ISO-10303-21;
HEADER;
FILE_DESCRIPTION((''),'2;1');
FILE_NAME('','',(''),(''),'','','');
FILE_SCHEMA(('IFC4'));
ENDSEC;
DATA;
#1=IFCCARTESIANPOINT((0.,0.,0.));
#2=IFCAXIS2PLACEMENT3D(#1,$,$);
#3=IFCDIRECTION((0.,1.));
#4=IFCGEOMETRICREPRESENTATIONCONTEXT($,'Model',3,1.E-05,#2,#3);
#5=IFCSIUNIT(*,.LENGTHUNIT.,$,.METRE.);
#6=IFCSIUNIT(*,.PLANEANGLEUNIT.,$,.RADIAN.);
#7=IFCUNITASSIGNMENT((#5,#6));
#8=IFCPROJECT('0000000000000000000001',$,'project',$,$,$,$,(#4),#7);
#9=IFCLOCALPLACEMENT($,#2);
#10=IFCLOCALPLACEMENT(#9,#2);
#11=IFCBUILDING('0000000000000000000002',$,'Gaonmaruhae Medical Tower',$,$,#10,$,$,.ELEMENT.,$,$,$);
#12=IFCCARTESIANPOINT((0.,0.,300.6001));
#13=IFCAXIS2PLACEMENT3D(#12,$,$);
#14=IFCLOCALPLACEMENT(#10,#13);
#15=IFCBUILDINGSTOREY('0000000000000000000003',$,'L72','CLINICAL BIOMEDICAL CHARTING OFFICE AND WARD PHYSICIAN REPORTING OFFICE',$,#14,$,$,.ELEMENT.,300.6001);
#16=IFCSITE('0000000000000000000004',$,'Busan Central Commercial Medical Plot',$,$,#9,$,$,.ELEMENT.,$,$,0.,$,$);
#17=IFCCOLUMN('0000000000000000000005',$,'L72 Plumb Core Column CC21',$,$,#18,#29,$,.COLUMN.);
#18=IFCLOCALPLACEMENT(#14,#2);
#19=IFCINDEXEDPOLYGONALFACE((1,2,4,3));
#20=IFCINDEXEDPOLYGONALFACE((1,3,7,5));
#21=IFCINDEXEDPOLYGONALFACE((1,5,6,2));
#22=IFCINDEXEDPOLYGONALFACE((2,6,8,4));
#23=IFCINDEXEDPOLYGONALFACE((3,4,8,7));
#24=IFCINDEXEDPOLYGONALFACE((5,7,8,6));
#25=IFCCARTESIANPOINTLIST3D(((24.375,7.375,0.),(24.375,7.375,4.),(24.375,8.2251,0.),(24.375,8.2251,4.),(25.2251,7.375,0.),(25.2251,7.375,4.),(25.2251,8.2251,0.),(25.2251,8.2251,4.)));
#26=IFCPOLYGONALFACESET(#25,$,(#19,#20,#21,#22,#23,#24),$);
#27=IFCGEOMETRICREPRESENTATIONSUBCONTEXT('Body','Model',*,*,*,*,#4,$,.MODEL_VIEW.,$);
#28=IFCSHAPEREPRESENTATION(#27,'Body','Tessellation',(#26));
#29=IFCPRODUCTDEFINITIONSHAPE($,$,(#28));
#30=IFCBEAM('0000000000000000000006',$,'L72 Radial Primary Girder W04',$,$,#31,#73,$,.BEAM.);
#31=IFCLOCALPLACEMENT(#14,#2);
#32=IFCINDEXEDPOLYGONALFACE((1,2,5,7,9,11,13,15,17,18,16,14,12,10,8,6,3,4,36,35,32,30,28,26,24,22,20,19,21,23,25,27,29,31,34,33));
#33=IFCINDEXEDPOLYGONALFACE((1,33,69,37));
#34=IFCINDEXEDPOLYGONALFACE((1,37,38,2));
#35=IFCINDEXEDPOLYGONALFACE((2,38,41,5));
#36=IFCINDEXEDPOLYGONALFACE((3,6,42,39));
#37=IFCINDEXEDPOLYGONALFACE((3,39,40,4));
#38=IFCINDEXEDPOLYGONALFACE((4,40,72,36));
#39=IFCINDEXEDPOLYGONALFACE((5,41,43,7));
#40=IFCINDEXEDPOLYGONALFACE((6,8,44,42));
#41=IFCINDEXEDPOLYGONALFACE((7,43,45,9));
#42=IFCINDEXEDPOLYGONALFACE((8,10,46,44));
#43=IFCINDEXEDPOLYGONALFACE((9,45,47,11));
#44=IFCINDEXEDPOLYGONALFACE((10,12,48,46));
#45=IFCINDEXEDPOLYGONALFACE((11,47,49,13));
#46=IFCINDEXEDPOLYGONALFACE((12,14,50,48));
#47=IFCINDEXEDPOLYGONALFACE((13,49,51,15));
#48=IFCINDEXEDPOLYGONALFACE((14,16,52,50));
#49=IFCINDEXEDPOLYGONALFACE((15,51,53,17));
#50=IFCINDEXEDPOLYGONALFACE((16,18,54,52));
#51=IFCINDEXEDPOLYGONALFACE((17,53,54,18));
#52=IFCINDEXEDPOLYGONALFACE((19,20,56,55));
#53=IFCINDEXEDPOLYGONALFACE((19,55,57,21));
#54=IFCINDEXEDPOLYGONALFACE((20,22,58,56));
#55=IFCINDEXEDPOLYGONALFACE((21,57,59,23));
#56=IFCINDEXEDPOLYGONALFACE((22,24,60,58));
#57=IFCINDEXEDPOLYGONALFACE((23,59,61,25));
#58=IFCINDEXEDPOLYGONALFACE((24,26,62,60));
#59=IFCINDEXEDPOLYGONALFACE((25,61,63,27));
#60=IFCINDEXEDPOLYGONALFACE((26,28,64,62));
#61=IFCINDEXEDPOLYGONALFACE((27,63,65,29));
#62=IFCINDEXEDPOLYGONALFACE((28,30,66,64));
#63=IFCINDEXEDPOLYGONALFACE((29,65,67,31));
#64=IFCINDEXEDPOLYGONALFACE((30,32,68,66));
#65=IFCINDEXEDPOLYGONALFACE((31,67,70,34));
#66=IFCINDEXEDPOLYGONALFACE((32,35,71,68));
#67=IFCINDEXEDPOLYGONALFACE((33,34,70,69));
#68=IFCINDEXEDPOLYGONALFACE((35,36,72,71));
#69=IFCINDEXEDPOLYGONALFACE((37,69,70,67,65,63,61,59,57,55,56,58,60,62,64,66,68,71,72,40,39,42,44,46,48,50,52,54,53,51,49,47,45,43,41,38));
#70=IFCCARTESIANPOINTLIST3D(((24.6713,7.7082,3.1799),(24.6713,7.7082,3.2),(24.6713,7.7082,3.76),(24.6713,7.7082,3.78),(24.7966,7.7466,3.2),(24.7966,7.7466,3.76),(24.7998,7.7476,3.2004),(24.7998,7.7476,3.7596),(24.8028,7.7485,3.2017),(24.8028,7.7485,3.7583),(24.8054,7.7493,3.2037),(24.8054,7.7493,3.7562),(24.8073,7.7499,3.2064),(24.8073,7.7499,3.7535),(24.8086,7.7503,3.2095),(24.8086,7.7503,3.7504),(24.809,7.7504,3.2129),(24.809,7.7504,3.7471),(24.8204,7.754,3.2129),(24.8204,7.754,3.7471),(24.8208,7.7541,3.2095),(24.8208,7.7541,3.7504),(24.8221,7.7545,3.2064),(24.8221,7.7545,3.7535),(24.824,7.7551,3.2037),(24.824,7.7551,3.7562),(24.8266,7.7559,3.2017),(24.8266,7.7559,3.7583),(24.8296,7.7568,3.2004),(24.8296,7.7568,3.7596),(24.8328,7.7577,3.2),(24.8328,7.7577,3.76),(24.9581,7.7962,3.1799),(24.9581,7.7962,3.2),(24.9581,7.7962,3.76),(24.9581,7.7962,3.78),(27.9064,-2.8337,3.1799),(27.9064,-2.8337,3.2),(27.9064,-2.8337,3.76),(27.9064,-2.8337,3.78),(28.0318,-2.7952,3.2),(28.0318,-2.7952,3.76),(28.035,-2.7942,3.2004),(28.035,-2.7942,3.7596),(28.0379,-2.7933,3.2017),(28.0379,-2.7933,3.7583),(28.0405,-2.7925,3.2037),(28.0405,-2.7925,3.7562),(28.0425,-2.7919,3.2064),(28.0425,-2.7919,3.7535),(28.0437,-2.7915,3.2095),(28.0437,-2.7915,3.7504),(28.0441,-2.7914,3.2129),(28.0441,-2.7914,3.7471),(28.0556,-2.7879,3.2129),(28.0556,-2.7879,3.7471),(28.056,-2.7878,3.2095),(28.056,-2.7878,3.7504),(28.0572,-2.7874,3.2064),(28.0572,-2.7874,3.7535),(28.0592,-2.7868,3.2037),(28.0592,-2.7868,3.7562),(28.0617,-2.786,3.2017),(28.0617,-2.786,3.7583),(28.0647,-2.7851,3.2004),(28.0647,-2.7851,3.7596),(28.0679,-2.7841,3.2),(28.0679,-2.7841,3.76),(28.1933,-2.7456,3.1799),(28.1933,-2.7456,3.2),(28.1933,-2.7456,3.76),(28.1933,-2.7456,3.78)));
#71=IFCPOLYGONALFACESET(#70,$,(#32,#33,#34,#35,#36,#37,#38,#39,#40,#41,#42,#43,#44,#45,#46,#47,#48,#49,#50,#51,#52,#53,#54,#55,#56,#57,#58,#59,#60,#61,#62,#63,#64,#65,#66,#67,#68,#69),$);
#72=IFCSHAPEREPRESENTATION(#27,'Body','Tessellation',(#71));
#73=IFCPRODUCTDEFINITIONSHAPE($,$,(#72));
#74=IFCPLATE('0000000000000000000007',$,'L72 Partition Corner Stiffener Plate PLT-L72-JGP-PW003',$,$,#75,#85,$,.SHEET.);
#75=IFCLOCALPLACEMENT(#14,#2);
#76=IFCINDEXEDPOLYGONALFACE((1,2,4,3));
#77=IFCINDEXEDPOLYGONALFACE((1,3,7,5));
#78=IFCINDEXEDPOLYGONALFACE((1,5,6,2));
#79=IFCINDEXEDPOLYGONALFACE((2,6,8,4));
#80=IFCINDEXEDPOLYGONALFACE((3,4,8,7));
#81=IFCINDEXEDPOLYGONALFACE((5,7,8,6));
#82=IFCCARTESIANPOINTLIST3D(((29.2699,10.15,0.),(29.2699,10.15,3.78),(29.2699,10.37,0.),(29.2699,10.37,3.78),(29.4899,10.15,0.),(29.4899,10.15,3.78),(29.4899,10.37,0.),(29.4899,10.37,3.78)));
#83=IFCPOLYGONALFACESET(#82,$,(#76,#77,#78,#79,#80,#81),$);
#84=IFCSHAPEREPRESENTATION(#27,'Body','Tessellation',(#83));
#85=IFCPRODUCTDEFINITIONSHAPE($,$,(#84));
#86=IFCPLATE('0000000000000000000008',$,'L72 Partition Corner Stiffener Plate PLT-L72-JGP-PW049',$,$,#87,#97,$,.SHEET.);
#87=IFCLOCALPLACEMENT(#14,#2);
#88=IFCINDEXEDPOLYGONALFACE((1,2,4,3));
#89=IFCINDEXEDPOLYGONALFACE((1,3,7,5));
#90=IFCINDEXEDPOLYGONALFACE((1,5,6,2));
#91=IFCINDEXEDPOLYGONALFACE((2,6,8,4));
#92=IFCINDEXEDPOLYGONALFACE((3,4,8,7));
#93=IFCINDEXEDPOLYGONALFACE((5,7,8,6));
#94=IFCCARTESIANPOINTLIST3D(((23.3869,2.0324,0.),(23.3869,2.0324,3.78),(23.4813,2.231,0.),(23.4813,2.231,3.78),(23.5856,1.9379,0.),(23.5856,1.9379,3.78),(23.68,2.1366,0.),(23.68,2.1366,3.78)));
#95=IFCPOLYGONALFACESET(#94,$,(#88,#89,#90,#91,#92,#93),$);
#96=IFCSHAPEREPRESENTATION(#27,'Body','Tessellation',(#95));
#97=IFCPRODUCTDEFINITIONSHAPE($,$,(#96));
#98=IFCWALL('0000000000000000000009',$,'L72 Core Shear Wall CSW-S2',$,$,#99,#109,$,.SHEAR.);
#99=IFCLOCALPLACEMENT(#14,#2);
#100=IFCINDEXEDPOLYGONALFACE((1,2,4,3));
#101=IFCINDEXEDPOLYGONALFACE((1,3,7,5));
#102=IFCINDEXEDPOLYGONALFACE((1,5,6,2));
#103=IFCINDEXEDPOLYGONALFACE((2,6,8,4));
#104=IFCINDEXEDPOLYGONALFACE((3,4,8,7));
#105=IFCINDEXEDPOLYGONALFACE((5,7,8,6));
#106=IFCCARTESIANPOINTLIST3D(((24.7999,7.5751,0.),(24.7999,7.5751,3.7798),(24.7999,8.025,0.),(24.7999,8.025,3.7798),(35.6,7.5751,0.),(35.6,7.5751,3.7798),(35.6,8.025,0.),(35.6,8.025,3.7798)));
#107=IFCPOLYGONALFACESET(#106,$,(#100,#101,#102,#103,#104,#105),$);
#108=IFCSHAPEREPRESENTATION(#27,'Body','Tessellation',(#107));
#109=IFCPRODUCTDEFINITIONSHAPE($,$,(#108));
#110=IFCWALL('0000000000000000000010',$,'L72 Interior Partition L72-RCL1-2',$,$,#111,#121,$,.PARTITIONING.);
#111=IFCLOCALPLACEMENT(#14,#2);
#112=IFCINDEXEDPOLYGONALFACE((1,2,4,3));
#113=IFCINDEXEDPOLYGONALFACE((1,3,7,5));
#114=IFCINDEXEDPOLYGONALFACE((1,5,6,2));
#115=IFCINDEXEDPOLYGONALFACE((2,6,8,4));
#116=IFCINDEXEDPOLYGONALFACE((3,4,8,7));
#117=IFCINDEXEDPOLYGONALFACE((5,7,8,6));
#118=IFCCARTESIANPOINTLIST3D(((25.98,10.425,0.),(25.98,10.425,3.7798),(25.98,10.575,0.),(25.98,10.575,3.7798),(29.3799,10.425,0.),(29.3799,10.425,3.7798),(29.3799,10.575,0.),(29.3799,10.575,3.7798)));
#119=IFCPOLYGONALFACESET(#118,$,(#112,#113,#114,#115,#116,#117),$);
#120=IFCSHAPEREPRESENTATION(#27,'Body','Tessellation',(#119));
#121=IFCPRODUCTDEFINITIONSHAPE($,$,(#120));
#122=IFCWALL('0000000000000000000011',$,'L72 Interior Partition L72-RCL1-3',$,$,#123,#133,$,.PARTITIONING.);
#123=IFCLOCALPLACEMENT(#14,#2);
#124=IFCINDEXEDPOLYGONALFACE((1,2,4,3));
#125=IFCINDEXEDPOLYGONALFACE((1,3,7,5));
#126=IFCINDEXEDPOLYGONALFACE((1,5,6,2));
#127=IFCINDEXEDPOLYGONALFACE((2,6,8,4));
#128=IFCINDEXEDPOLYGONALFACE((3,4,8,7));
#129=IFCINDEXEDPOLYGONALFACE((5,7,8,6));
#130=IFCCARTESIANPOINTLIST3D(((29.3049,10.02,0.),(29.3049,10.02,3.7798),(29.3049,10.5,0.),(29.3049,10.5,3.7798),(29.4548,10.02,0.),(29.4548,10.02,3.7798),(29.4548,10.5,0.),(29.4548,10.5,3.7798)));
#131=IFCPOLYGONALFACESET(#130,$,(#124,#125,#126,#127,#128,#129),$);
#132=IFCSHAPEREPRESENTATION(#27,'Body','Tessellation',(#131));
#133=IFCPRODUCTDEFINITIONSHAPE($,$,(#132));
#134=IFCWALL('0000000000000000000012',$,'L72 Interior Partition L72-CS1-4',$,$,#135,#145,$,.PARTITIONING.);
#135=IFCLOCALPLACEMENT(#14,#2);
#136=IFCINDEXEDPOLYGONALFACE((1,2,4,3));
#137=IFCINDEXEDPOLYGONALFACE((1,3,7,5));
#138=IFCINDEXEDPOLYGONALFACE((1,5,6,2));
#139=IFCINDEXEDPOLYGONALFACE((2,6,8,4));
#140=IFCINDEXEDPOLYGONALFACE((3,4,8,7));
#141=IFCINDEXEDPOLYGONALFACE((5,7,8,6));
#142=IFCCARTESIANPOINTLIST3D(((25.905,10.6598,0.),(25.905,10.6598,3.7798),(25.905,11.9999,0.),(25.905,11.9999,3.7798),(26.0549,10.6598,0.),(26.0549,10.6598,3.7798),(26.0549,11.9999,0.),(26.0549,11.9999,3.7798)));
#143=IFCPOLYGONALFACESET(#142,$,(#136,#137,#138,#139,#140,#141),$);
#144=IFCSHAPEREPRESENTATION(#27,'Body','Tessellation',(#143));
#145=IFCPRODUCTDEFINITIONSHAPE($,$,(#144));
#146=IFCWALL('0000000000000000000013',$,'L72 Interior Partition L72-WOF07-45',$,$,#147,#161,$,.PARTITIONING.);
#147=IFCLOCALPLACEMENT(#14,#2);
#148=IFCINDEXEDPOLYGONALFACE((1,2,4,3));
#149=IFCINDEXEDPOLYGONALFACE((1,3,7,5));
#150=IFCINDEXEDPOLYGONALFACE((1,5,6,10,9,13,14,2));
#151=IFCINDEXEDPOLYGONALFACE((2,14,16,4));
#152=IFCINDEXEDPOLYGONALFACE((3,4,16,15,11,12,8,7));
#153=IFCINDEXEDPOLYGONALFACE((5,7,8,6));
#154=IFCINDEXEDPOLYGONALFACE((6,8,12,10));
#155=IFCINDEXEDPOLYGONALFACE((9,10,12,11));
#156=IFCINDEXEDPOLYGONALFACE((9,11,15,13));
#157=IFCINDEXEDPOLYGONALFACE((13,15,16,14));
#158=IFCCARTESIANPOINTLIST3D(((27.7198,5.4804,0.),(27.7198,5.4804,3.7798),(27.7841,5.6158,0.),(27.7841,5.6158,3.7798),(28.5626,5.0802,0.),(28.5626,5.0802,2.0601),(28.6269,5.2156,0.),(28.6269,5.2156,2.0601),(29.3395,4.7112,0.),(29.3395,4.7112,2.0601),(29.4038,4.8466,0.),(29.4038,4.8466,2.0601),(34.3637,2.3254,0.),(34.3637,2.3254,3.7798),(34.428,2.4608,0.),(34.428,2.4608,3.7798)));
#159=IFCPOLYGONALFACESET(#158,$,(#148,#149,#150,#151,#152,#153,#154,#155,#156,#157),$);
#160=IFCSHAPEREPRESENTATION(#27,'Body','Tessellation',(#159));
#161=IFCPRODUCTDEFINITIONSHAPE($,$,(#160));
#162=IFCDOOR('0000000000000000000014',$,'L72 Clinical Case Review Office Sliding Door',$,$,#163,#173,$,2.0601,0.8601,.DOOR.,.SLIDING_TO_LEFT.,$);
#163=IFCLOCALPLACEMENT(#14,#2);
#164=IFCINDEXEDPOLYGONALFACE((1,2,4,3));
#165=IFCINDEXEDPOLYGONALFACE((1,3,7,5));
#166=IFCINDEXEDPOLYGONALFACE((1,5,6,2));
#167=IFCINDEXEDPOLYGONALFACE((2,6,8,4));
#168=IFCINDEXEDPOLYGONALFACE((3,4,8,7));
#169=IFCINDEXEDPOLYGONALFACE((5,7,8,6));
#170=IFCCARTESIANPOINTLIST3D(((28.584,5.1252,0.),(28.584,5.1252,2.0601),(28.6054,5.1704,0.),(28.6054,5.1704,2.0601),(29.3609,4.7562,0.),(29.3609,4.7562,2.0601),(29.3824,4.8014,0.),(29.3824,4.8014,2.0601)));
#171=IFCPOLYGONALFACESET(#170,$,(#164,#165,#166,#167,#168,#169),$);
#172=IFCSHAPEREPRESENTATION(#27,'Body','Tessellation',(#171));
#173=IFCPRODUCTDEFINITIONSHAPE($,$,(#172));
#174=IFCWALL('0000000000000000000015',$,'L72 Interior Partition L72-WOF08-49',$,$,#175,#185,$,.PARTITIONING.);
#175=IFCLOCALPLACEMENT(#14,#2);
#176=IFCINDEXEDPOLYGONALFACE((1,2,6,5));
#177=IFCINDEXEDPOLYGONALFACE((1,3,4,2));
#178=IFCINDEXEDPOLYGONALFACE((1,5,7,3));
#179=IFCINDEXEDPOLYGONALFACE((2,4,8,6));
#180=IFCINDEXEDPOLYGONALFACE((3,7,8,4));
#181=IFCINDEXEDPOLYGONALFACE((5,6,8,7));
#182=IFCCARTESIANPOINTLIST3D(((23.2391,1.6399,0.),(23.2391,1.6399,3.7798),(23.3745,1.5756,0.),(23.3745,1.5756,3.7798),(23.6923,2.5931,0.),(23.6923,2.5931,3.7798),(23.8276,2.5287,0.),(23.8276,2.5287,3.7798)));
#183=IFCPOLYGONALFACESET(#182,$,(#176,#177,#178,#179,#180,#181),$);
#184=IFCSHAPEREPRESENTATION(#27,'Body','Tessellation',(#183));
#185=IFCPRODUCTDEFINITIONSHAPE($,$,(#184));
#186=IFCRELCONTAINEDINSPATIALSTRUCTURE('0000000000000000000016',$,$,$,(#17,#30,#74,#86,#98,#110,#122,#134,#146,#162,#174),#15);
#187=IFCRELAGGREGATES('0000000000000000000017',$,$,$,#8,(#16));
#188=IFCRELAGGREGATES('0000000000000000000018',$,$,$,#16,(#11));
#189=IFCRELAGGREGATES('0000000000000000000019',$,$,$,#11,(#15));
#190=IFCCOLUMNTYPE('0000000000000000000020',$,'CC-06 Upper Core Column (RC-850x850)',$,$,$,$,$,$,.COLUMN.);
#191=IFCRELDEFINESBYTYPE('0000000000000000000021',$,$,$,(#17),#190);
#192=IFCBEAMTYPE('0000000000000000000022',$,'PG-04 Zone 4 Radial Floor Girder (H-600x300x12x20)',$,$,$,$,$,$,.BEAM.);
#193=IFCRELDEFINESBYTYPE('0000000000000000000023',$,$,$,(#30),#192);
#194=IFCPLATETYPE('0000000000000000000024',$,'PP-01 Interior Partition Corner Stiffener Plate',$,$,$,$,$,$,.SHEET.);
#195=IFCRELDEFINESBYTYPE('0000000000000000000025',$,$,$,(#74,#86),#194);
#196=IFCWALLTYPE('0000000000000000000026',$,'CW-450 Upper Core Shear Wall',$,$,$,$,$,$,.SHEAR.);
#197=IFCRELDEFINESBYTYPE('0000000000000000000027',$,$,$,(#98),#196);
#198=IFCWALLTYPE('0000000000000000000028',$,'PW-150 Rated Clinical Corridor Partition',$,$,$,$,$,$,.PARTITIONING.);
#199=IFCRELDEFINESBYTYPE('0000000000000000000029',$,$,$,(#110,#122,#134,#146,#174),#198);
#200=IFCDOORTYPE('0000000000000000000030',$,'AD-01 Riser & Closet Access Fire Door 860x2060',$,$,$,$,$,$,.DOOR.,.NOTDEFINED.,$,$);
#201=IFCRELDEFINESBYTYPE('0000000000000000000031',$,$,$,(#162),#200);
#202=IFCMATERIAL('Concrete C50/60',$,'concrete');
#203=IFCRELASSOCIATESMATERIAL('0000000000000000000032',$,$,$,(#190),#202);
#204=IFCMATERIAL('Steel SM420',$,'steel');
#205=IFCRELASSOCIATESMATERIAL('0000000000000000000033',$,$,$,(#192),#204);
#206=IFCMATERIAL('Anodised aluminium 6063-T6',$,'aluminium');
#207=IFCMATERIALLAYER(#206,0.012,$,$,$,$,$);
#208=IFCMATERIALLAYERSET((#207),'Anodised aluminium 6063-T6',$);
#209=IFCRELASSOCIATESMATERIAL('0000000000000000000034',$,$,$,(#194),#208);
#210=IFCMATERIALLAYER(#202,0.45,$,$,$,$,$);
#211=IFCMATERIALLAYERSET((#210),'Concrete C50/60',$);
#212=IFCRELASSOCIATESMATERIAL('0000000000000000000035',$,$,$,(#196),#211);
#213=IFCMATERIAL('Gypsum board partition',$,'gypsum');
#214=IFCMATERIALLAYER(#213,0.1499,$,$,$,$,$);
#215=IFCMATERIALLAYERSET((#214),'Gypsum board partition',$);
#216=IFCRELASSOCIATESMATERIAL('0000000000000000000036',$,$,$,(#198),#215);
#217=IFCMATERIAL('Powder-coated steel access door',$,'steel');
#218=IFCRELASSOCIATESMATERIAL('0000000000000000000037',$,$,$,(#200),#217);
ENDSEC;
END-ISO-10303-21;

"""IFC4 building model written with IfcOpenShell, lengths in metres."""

from ifc_helpers import new_model, si_unit, direction, frame, frame_2d, origin, origin_2d, place, context, subcontext, project, spatial, rectangle, i_section, extrude, material, layer, layer_set, material_profile, profile_set, type_object, element, fill, save


model = new_model("IFC4")

# Units and contexts
model_context = context("Model", 3, precision=1e-05, world=origin(), true_north=direction((0.0, 1.0)))
body_context = subcontext(model_context, "Body", "Model", "MODEL_VIEW")
ifc_project = project(units=[si_unit("LENGTHUNIT", "METRE"), si_unit("PLANEANGLEUNIT", "RADIAN")], contexts=[model_context])

# Site, building, storey
site_placement = place(None, origin())
site = spatial("IfcSite", under=ifc_project, at=site_placement, Name="Busan Central Commercial Medical Plot", CompositionType="ELEMENT", RefElevation=0.0)
building_placement = place(site_placement, origin())
building = spatial("IfcBuilding", under=site, at=building_placement, Name="Gaonmaruhae Medical Tower", CompositionType="ELEMENT")
storey_placement = place(building_placement, frame((0.0, 0.0, 300.6001)))
storey = spatial("IfcBuildingStorey", under=building, at=storey_placement, Name="L72", Description="CLINICAL BIOMEDICAL CHARTING OFFICE AND WARD PHYSICIAN REPORTING OFFICE", CompositionType="ELEMENT", Elevation=300.6001)

# Column
ifc_material_1 = material(Name="Concrete C50/60", Category="concrete")
ifc_material_profile_1 = material_profile(ifc_material_1, rectangle(XDim=0.8501, YDim=0.8501, at=origin_2d()), Name="RC-850x850")
ifc_profile_set_1 = profile_set([ifc_material_profile_1], Name="Concrete C50/60")
column_type = type_object("IfcColumnType", Name="CC-06 Upper Core Column (RC-850x850)", PredefinedType="COLUMN", material=ifc_profile_set_1)
column_placement = place(storey_placement, frame((24.8, 7.8, 0.0), z_axis=(0.0, 0.0, 1.0), x_axis=(1.0, 0.0, 0.0)))
element("IfcColumn", 1, at=column_placement, inside=storey, type_object=column_type, Name="L72 Plumb Core Column CC21", PredefinedType="COLUMN", context=body_context, shape_type="SweptSolid", body=[
    extrude(rectangle(XDim=0.8501, YDim=0.8501, at=origin_2d()), origin(), (0.0, 0.0, 1.0), 4.0),
])

# Beam
ifc_material_2 = material(Name="Steel SM420", Category="steel")
ifc_material_profile_2 = material_profile(ifc_material_2, i_section(OverallWidth=0.3, OverallDepth=0.6001, WebThickness=0.012, FlangeThickness=0.02, FilletRadius=0.0129, at=origin_2d()), Name="H-600x300x12x20")
ifc_profile_set_2 = profile_set([ifc_material_profile_2], Name="Steel SM420")
beam_type = type_object("IfcBeamType", Name="PG-04 Zone 4 Radial Floor Girder (H-600x300x12x20)", PredefinedType="BEAM", material=ifc_profile_set_2)
beam_placement = place(storey_placement, frame((24.8147, 7.7522, 3.48), z_axis=(0.293381, -0.955996, 0.0), x_axis=(0.955996, 0.293381, 0.0)))
element("IfcBeam", 2, at=beam_placement, inside=storey, type_object=beam_type, Name="L72 Radial Primary Girder W04", PredefinedType="BEAM", context=body_context, shape_type="SweptSolid", body=[
    extrude(i_section(OverallWidth=0.3, OverallDepth=0.6001, WebThickness=0.012, FlangeThickness=0.02, FilletRadius=0.0129, at=origin_2d()), origin(), (0.0, 0.0, 1.0), 11.0271),
])

# Plates
ifc_material_3 = material(Name="Anodised aluminium 6063-T6", Category="aluminium")
ifc_layer_1 = layer(ifc_material_3, 0.012)
ifc_layer_set_1 = layer_set([ifc_layer_1], Name="Anodised aluminium 6063-T6")
plate_type = type_object("IfcPlateType", Name="PP-01 Interior Partition Corner Stiffener Plate", PredefinedType="SHEET", material=ifc_layer_set_1)
for number, where, z_axis, x_axis, name in (
    (3, (29.3799, 10.26, 0.0), (0.0, 0.0, 1.0), (0.0, -1.0, 0.0), "L72 Partition Corner Stiffener Plate PLT-L72-JGP-PW003"),
    (4, (23.5334, 2.0845, 0.0), (0.0, 0.0, 1.0), (-0.429313, -0.903156, 0.0), "L72 Partition Corner Stiffener Plate PLT-L72-JGP-PW049"),
):
    element("IfcPlate", number, at=place(storey_placement, frame(where, z_axis=z_axis, x_axis=x_axis)), inside=storey, type_object=plate_type, Name=name, PredefinedType="SHEET", context=body_context, shape_type="SweptSolid", body=[
        extrude(rectangle(XDim=0.22, YDim=0.22, at=origin_2d()), origin(), (0.0, 0.0, 1.0), 3.78),
    ])

# Wall
ifc_layer_2 = layer(ifc_material_1, 0.45)
ifc_layer_set_2 = layer_set([ifc_layer_2], Name="Concrete C50/60")
wall_type_1 = type_object("IfcWallType", Name="CW-450 Upper Core Shear Wall", PredefinedType="SHEAR", material=ifc_layer_set_2)
wall_1_placement = place(storey_placement, frame((24.8, 7.8, 0.0), z_axis=(0.0, 0.0, 1.0), x_axis=(1.0, 0.0, 0.0)))
element("IfcWall", 5, at=wall_1_placement, inside=storey, type_object=wall_type_1, Name="L72 Core Shear Wall CSW-S2", PredefinedType="SHEAR", context=body_context, shape_type="SweptSolid", body=[
    extrude(rectangle(XDim=10.8, YDim=0.45, at=frame_2d((5.3999, 0.0))), origin(), (0.0, 0.0, 1.0), 3.7798),
])

# Shared definitions
ifc_material_4 = material(Name="Gypsum board partition", Category="gypsum")
ifc_layer_3 = layer(ifc_material_4, 0.1499)
ifc_layer_set_3 = layer_set([ifc_layer_3], Name="Gypsum board partition")
wall_type_2 = type_object("IfcWallType", Name="PW-150 Rated Clinical Corridor Partition", PredefinedType="PARTITIONING", material=ifc_layer_set_3)

# Walls
wall_2_placement = place(storey_placement, frame((25.98, 10.5, 0.0), z_axis=(0.0, 0.0, 1.0), x_axis=(1.0, 0.0, 0.0)))
element("IfcWall", 6, at=wall_2_placement, inside=storey, type_object=wall_type_2, Name="L72 Interior Partition L72-RCL1-2", PredefinedType="PARTITIONING", context=body_context, shape_type="SweptSolid", body=[
    extrude(rectangle(XDim=3.3999, YDim=0.1499, at=frame_2d((1.7, 0.0))), origin(), (0.0, 0.0, 1.0), 3.7798),
])
wall_3_placement = place(storey_placement, frame((29.3799, 10.5, 0.0), z_axis=(0.0, 0.0, 1.0), x_axis=(0.0, -1.0, 0.0)))
element("IfcWall", 7, at=wall_3_placement, inside=storey, type_object=wall_type_2, Name="L72 Interior Partition L72-RCL1-3", PredefinedType="PARTITIONING", context=body_context, shape_type="SweptSolid", body=[
    extrude(rectangle(XDim=0.48, YDim=0.1499, at=frame_2d((0.24, 0.0))), origin(), (0.0, 0.0, 1.0), 3.7798),
])
wall_4_placement = place(storey_placement, frame((25.98, 10.6599, 0.0), z_axis=(0.0, 0.0, 1.0), x_axis=(0.0, 1.0, 0.0)))
element("IfcWall", 8, at=wall_4_placement, inside=storey, type_object=wall_type_2, Name="L72 Interior Partition L72-CS1-4", PredefinedType="PARTITIONING", context=body_context, shape_type="SweptSolid", body=[
    extrude(rectangle(XDim=1.3401, YDim=0.1499, at=frame_2d((0.6699, 0.0))), origin(), (0.0, 0.0, 1.0), 3.7798),
])

# Wall, opening, door
wall_5_placement = place(storey_placement, frame((27.752, 5.5481, 0.0), z_axis=(0.0, 0.0, 1.0), x_axis=(0.903324, -0.428958, 0.0)))
wall_5 = element("IfcWall", 9, at=wall_5_placement, inside=storey, type_object=wall_type_2, Name="L72 Interior Partition L72-WOF07-45", PredefinedType="PARTITIONING", context=body_context, shape_type="SweptSolid", body=[
    extrude(rectangle(XDim=7.355, YDim=0.1499, at=frame_2d((3.6775, 0.0))), origin(), (0.0, 0.0, 1.0), 3.7798),
])
opening_1_placement = place(wall_5_placement, frame((0.9329, 0.0, 0.0)))
opening_1 = element("IfcOpeningElement", 10, at=opening_1_placement, cuts=wall_5, PredefinedType="OPENING", context=body_context, shape_type="SweptSolid", body=[
    extrude(rectangle(XDim=0.8601, YDim=2.0601, at=frame_2d((0.4302, 1.03))), frame((0.0, 0.085, 0.0), z_axis=(0.0, -1.0, 0.0), x_axis=(1.0, 0.0, 0.0)), (0.0, 0.0, 1.0), 0.1699),
])
ifc_material_5 = material(Name="Powder-coated steel access door", Category="steel")
door_type_1 = type_object("IfcDoorType", Name="AD-01 Riser & Closet Access Fire Door 860x2060", OperationType="NOTDEFINED", PredefinedType="DOOR", material=ifc_material_5)
door_1_placement = place(opening_1_placement, origin())
door_1 = element("IfcDoor", 11, at=door_1_placement, inside=storey, type_object=door_type_1, Name="L72 Clinical Case Review Office Sliding Door", OperationType="SLIDING_TO_LEFT", OverallHeight=2.0601, OverallWidth=0.8601, PredefinedType="DOOR", context=body_context, shape_type="SweptSolid", body=[
    extrude(rectangle(XDim=0.8601, YDim=2.0601, at=frame_2d((0.4302, 1.03))), frame((0.0, 0.0249, 0.0), z_axis=(0.0, -1.0, 0.0), x_axis=(1.0, 0.0, 0.0)), (0.0, 0.0, 1.0), 0.05),
])
fill(opening_1, door_1)

# Wall
wall_6_placement = place(storey_placement, frame((23.76, 2.561, 0.0), z_axis=(0.0, 0.0, 1.0), x_axis=(-0.429359, -0.903134, 0.0)))
element("IfcWall", 12, at=wall_6_placement, inside=storey, type_object=wall_type_2, Name="L72 Interior Partition L72-WOF08-49", PredefinedType="PARTITIONING", context=body_context, shape_type="SweptSolid", body=[
    extrude(rectangle(XDim=1.0554, YDim=0.1499, at=frame_2d((0.5278, 0.0))), origin(), (0.0, 0.0, 1.0), 3.7798),
])

save(model, "model.ifc")
